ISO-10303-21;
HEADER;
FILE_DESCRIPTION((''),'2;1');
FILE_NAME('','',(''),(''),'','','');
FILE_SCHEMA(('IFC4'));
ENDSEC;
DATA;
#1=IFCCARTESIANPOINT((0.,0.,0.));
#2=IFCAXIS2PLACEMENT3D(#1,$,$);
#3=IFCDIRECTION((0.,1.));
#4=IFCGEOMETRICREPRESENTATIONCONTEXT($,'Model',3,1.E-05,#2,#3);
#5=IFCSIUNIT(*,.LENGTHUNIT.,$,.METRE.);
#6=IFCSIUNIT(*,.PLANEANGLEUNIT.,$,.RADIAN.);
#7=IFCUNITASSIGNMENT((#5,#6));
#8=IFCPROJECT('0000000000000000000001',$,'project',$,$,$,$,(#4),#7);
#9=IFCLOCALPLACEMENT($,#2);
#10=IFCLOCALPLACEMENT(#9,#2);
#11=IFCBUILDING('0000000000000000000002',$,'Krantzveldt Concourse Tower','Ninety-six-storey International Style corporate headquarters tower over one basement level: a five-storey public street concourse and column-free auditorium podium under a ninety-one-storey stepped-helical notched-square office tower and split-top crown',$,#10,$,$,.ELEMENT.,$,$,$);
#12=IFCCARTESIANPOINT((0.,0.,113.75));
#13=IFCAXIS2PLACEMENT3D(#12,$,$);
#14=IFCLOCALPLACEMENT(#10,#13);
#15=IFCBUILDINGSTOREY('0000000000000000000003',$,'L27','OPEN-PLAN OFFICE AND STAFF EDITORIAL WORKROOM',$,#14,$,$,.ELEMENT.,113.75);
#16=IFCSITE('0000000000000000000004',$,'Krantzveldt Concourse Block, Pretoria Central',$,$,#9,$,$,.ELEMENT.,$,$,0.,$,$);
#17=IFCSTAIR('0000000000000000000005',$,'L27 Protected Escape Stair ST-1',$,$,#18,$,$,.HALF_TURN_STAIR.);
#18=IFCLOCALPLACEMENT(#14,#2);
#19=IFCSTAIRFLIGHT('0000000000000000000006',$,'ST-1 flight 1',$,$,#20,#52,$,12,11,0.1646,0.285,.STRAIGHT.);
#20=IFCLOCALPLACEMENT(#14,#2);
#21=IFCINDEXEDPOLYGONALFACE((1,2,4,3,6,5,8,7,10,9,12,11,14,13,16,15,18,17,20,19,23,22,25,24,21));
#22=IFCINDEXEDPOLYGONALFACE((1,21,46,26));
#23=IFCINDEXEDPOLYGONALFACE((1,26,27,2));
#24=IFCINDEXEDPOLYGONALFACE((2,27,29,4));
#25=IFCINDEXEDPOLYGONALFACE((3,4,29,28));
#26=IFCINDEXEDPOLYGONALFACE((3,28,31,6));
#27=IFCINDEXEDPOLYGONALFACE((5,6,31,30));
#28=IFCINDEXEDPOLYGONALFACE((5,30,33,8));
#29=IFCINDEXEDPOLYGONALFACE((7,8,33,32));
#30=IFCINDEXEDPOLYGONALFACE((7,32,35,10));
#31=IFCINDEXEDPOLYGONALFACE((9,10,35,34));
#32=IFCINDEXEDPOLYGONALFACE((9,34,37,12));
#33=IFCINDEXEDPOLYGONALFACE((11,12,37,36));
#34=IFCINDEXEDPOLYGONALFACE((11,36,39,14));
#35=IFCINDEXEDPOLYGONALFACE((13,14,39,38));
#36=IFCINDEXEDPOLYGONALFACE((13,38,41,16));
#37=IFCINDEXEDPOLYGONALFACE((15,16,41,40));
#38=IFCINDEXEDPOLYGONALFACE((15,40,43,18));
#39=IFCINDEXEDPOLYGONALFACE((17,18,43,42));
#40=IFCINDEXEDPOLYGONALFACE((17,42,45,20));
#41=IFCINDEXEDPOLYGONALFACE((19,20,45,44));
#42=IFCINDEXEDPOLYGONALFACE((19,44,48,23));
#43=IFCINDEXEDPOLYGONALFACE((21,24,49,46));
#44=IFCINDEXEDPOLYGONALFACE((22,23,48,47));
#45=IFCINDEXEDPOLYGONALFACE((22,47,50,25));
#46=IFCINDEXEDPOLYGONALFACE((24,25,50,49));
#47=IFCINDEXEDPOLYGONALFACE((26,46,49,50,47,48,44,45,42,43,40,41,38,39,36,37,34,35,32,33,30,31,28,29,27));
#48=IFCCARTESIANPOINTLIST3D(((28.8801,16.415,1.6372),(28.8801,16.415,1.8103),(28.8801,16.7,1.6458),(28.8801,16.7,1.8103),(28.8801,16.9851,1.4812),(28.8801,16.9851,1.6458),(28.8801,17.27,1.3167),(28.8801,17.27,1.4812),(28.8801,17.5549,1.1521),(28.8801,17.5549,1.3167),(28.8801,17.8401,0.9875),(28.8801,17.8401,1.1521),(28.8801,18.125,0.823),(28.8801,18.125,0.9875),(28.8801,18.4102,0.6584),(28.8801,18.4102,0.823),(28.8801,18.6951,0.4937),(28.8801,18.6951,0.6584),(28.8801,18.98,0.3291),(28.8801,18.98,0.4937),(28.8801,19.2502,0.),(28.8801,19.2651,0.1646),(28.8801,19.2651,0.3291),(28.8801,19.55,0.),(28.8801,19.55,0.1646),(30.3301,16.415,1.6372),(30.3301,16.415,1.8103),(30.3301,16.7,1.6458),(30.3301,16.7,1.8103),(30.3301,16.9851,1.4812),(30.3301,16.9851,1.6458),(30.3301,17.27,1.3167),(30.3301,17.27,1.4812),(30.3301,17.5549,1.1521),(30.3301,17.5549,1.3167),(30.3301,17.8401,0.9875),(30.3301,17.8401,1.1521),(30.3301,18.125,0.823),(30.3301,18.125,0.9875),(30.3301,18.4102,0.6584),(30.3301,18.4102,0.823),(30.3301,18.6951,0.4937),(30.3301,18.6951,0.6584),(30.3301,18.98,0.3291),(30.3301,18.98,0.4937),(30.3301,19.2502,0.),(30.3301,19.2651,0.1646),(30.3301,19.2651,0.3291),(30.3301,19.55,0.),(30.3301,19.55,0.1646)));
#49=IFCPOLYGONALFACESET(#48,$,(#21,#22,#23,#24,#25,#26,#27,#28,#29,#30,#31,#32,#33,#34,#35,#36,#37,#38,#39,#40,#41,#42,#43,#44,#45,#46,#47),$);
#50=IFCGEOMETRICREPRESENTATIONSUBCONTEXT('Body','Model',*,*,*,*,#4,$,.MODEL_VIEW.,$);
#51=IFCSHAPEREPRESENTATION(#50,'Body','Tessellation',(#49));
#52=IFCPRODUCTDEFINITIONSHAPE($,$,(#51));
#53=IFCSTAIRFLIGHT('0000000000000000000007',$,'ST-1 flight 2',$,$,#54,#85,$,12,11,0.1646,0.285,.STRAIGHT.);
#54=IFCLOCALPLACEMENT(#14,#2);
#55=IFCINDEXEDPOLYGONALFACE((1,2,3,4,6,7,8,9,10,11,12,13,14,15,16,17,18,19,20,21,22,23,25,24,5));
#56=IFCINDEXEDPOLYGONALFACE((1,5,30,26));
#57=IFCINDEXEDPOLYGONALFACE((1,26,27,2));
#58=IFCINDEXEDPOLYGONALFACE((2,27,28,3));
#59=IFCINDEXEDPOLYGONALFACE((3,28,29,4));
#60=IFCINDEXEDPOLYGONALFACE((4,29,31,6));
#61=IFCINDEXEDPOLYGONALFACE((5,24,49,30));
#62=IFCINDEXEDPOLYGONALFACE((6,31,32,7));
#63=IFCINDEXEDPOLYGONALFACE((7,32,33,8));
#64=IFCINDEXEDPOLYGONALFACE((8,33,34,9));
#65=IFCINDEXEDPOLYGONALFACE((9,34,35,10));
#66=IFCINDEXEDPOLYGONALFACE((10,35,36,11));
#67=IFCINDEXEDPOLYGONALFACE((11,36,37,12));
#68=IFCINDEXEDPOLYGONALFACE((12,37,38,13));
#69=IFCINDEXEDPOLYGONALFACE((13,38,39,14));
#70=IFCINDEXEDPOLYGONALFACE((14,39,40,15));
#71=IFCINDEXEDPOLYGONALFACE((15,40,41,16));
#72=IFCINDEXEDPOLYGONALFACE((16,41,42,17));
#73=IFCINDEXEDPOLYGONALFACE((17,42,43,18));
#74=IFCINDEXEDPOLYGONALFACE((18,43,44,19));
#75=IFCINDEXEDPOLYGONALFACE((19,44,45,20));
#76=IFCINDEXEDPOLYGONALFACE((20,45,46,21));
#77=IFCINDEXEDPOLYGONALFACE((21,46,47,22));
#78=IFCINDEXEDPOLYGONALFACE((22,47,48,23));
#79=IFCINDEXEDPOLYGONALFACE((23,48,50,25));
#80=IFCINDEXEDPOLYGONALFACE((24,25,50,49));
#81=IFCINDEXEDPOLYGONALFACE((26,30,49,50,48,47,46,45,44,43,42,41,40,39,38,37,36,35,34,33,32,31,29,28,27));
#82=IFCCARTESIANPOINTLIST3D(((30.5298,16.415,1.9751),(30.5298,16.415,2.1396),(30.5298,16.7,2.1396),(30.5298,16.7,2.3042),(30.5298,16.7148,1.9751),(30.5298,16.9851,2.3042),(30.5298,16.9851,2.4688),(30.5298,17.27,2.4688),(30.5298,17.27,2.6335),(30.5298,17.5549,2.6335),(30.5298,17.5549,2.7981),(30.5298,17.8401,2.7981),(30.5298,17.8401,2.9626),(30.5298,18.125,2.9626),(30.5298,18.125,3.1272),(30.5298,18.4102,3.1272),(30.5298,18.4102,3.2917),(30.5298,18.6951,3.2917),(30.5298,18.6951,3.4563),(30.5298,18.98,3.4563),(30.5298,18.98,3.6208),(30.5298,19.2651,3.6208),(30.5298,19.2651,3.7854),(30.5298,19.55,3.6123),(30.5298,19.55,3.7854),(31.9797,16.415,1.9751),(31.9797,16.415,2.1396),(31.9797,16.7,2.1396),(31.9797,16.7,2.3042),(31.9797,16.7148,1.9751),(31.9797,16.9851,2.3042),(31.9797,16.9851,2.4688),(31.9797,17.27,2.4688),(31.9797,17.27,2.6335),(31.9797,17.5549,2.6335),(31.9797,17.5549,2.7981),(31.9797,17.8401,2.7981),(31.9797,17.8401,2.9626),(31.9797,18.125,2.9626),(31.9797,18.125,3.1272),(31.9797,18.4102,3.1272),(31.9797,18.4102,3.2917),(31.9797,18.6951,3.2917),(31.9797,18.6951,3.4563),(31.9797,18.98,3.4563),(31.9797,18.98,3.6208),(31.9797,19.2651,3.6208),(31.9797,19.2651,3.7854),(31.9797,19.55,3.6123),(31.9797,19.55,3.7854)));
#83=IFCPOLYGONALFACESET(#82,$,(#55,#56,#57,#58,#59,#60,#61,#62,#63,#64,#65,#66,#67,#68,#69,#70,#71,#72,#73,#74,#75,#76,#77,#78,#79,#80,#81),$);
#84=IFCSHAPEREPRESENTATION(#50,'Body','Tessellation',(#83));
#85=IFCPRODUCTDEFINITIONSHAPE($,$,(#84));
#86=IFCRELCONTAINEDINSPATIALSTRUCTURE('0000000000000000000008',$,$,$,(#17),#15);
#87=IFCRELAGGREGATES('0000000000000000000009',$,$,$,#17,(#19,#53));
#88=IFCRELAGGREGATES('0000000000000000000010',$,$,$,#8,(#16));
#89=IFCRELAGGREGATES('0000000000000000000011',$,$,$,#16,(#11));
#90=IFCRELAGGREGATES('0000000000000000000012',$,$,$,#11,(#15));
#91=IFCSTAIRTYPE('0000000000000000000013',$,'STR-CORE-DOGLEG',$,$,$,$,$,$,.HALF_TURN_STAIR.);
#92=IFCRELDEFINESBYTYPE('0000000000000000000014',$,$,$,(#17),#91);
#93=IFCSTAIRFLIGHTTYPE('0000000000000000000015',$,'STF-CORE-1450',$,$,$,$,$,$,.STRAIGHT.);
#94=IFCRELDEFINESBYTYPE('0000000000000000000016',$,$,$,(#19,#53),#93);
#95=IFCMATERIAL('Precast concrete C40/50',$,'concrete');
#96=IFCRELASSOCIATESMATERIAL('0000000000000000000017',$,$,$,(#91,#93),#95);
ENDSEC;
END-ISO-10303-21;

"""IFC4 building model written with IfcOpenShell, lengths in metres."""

from ifc_helpers import new_model, si_unit, direction, frame, origin, place, context, subcontext, project, spatial, polyline, outline, extrude, material, type_object, element, aggregate, save


model = new_model("IFC4")

# Units and contexts
model_context = context("Model", 3, precision=1e-05, world=origin(), true_north=direction((0.0, 1.0)))
body_context = subcontext(model_context, "Body", "Model", "MODEL_VIEW")
ifc_project = project(units=[si_unit("LENGTHUNIT", "METRE"), si_unit("PLANEANGLEUNIT", "RADIAN")], contexts=[model_context])

# Site, building, storey
site_placement = place(None, origin())
site = spatial("IfcSite", under=ifc_project, at=site_placement, Name="Krantzveldt Concourse Block, Pretoria Central", CompositionType="ELEMENT", RefElevation=0.0)
building_placement = place(site_placement, origin())
building = spatial("IfcBuilding", under=site, at=building_placement, Name="Krantzveldt Concourse Tower", Description="Ninety-six-storey International Style corporate headquarters tower over one basement level: a five-storey public street concourse and column-free auditorium podium under a ninety-one-storey stepped-helical notched-square office tower and split-top crown", CompositionType="ELEMENT")
storey_placement = place(building_placement, frame((0.0, 0.0, 113.75)))
storey = spatial("IfcBuildingStorey", under=building, at=storey_placement, Name="L27", Description="OPEN-PLAN OFFICE AND STAFF EDITORIAL WORKROOM", CompositionType="ELEMENT", Elevation=113.75)

# Stair, stair flights
ifc_material_1 = material(Name="Precast concrete C40/50", Category="concrete")
stair_type = type_object("IfcStairType", Name="STR-CORE-DOGLEG", PredefinedType="HALF_TURN_STAIR", material=ifc_material_1)
stair_placement = place(storey_placement, origin())
stair = element("IfcStair", 1, at=stair_placement, inside=storey, type_object=stair_type, Name="L27 Protected Escape Stair ST-1", PredefinedType="HALF_TURN_STAIR")
stair_flight_type = type_object("IfcStairFlightType", Name="STF-CORE-1450", PredefinedType="STRAIGHT", material=ifc_material_1)
stair_flight_1_placement = place(storey_placement, frame((29.605, 19.55, 0.0), z_axis=(0.0, 0.0, 1.0), x_axis=(0.0, -1.0, 0.0)))
stair_flight_1 = element("IfcStairFlight", 2, at=stair_flight_1_placement, type_object=stair_flight_type, Name="ST-1 flight 1", NumberOfRisers=12, NumberOfTreads=11, PredefinedType="STRAIGHT", RiserHeight=0.1646, TreadLength=0.285, context=body_context, shape_type="SweptSolid", body=[
    extrude(outline(polyline([(0.0, 0.0), (0.0, 0.1646), (0.2849, 0.1646), (0.2849, 0.3291), (0.5701, 0.3291), (0.5701, 0.4937), (0.855, 0.4937), (0.855, 0.6584), (1.1399, 0.6584), (1.1399, 0.823), (1.425, 0.823), (1.425, 0.9875), (1.71, 0.9875), (1.71, 1.1521), (1.9951, 1.1521), (1.9951, 1.3167), (2.28, 1.3167), (2.28, 1.4812), (2.5649, 1.4812), (2.5649, 1.6458), (2.8501, 1.6458), (2.8501, 1.8103), (3.135, 1.8103), (3.135, 1.9751), (3.135, 1.6372), (0.2998, 0.0), (0.0, 0.0)])), frame((0.0, 0.7251, 0.0), z_axis=(0.0, -1.0, 0.0), x_axis=(1.0, 0.0, 0.0)), (0.0, 0.0, 1.0), 1.45),
])
stair_flight_2_placement = place(storey_placement, frame((31.2549, 16.415, 1.9751), z_axis=(0.0, 0.0, 1.0), x_axis=(0.0, 1.0, 0.0)))
stair_flight_2 = element("IfcStairFlight", 3, at=stair_flight_2_placement, type_object=stair_flight_type, Name="ST-1 flight 2", NumberOfRisers=12, NumberOfTreads=11, PredefinedType="STRAIGHT", RiserHeight=0.1646, TreadLength=0.285, context=body_context, shape_type="SweptSolid", body=[
    extrude(outline(polyline([(0.0, 0.0), (0.0, 0.1646), (0.2849, 0.1646), (0.2849, 0.3291), (0.5701, 0.3291), (0.5701, 0.4937), (0.855, 0.4937), (0.855, 0.6584), (1.1399, 0.6584), (1.1399, 0.823), (1.425, 0.823), (1.425, 0.9875), (1.71, 0.9875), (1.71, 1.1521), (1.9951, 1.1521), (1.9951, 1.3167), (2.28, 1.3167), (2.28, 1.4812), (2.5649, 1.4812), (2.5649, 1.6458), (2.8501, 1.6458), (2.8501, 1.8103), (3.135, 1.8103), (3.135, 1.9751), (3.135, 1.6372), (0.2998, 0.0), (0.0, 0.0)])), frame((0.0, 0.7251, 0.0), z_axis=(0.0, -1.0, 0.0), x_axis=(1.0, 0.0, 0.0)), (0.0, 0.0, 1.0), 1.45),
])
aggregate(stair, [stair_flight_1, stair_flight_2])

save(model, "model.ifc")
